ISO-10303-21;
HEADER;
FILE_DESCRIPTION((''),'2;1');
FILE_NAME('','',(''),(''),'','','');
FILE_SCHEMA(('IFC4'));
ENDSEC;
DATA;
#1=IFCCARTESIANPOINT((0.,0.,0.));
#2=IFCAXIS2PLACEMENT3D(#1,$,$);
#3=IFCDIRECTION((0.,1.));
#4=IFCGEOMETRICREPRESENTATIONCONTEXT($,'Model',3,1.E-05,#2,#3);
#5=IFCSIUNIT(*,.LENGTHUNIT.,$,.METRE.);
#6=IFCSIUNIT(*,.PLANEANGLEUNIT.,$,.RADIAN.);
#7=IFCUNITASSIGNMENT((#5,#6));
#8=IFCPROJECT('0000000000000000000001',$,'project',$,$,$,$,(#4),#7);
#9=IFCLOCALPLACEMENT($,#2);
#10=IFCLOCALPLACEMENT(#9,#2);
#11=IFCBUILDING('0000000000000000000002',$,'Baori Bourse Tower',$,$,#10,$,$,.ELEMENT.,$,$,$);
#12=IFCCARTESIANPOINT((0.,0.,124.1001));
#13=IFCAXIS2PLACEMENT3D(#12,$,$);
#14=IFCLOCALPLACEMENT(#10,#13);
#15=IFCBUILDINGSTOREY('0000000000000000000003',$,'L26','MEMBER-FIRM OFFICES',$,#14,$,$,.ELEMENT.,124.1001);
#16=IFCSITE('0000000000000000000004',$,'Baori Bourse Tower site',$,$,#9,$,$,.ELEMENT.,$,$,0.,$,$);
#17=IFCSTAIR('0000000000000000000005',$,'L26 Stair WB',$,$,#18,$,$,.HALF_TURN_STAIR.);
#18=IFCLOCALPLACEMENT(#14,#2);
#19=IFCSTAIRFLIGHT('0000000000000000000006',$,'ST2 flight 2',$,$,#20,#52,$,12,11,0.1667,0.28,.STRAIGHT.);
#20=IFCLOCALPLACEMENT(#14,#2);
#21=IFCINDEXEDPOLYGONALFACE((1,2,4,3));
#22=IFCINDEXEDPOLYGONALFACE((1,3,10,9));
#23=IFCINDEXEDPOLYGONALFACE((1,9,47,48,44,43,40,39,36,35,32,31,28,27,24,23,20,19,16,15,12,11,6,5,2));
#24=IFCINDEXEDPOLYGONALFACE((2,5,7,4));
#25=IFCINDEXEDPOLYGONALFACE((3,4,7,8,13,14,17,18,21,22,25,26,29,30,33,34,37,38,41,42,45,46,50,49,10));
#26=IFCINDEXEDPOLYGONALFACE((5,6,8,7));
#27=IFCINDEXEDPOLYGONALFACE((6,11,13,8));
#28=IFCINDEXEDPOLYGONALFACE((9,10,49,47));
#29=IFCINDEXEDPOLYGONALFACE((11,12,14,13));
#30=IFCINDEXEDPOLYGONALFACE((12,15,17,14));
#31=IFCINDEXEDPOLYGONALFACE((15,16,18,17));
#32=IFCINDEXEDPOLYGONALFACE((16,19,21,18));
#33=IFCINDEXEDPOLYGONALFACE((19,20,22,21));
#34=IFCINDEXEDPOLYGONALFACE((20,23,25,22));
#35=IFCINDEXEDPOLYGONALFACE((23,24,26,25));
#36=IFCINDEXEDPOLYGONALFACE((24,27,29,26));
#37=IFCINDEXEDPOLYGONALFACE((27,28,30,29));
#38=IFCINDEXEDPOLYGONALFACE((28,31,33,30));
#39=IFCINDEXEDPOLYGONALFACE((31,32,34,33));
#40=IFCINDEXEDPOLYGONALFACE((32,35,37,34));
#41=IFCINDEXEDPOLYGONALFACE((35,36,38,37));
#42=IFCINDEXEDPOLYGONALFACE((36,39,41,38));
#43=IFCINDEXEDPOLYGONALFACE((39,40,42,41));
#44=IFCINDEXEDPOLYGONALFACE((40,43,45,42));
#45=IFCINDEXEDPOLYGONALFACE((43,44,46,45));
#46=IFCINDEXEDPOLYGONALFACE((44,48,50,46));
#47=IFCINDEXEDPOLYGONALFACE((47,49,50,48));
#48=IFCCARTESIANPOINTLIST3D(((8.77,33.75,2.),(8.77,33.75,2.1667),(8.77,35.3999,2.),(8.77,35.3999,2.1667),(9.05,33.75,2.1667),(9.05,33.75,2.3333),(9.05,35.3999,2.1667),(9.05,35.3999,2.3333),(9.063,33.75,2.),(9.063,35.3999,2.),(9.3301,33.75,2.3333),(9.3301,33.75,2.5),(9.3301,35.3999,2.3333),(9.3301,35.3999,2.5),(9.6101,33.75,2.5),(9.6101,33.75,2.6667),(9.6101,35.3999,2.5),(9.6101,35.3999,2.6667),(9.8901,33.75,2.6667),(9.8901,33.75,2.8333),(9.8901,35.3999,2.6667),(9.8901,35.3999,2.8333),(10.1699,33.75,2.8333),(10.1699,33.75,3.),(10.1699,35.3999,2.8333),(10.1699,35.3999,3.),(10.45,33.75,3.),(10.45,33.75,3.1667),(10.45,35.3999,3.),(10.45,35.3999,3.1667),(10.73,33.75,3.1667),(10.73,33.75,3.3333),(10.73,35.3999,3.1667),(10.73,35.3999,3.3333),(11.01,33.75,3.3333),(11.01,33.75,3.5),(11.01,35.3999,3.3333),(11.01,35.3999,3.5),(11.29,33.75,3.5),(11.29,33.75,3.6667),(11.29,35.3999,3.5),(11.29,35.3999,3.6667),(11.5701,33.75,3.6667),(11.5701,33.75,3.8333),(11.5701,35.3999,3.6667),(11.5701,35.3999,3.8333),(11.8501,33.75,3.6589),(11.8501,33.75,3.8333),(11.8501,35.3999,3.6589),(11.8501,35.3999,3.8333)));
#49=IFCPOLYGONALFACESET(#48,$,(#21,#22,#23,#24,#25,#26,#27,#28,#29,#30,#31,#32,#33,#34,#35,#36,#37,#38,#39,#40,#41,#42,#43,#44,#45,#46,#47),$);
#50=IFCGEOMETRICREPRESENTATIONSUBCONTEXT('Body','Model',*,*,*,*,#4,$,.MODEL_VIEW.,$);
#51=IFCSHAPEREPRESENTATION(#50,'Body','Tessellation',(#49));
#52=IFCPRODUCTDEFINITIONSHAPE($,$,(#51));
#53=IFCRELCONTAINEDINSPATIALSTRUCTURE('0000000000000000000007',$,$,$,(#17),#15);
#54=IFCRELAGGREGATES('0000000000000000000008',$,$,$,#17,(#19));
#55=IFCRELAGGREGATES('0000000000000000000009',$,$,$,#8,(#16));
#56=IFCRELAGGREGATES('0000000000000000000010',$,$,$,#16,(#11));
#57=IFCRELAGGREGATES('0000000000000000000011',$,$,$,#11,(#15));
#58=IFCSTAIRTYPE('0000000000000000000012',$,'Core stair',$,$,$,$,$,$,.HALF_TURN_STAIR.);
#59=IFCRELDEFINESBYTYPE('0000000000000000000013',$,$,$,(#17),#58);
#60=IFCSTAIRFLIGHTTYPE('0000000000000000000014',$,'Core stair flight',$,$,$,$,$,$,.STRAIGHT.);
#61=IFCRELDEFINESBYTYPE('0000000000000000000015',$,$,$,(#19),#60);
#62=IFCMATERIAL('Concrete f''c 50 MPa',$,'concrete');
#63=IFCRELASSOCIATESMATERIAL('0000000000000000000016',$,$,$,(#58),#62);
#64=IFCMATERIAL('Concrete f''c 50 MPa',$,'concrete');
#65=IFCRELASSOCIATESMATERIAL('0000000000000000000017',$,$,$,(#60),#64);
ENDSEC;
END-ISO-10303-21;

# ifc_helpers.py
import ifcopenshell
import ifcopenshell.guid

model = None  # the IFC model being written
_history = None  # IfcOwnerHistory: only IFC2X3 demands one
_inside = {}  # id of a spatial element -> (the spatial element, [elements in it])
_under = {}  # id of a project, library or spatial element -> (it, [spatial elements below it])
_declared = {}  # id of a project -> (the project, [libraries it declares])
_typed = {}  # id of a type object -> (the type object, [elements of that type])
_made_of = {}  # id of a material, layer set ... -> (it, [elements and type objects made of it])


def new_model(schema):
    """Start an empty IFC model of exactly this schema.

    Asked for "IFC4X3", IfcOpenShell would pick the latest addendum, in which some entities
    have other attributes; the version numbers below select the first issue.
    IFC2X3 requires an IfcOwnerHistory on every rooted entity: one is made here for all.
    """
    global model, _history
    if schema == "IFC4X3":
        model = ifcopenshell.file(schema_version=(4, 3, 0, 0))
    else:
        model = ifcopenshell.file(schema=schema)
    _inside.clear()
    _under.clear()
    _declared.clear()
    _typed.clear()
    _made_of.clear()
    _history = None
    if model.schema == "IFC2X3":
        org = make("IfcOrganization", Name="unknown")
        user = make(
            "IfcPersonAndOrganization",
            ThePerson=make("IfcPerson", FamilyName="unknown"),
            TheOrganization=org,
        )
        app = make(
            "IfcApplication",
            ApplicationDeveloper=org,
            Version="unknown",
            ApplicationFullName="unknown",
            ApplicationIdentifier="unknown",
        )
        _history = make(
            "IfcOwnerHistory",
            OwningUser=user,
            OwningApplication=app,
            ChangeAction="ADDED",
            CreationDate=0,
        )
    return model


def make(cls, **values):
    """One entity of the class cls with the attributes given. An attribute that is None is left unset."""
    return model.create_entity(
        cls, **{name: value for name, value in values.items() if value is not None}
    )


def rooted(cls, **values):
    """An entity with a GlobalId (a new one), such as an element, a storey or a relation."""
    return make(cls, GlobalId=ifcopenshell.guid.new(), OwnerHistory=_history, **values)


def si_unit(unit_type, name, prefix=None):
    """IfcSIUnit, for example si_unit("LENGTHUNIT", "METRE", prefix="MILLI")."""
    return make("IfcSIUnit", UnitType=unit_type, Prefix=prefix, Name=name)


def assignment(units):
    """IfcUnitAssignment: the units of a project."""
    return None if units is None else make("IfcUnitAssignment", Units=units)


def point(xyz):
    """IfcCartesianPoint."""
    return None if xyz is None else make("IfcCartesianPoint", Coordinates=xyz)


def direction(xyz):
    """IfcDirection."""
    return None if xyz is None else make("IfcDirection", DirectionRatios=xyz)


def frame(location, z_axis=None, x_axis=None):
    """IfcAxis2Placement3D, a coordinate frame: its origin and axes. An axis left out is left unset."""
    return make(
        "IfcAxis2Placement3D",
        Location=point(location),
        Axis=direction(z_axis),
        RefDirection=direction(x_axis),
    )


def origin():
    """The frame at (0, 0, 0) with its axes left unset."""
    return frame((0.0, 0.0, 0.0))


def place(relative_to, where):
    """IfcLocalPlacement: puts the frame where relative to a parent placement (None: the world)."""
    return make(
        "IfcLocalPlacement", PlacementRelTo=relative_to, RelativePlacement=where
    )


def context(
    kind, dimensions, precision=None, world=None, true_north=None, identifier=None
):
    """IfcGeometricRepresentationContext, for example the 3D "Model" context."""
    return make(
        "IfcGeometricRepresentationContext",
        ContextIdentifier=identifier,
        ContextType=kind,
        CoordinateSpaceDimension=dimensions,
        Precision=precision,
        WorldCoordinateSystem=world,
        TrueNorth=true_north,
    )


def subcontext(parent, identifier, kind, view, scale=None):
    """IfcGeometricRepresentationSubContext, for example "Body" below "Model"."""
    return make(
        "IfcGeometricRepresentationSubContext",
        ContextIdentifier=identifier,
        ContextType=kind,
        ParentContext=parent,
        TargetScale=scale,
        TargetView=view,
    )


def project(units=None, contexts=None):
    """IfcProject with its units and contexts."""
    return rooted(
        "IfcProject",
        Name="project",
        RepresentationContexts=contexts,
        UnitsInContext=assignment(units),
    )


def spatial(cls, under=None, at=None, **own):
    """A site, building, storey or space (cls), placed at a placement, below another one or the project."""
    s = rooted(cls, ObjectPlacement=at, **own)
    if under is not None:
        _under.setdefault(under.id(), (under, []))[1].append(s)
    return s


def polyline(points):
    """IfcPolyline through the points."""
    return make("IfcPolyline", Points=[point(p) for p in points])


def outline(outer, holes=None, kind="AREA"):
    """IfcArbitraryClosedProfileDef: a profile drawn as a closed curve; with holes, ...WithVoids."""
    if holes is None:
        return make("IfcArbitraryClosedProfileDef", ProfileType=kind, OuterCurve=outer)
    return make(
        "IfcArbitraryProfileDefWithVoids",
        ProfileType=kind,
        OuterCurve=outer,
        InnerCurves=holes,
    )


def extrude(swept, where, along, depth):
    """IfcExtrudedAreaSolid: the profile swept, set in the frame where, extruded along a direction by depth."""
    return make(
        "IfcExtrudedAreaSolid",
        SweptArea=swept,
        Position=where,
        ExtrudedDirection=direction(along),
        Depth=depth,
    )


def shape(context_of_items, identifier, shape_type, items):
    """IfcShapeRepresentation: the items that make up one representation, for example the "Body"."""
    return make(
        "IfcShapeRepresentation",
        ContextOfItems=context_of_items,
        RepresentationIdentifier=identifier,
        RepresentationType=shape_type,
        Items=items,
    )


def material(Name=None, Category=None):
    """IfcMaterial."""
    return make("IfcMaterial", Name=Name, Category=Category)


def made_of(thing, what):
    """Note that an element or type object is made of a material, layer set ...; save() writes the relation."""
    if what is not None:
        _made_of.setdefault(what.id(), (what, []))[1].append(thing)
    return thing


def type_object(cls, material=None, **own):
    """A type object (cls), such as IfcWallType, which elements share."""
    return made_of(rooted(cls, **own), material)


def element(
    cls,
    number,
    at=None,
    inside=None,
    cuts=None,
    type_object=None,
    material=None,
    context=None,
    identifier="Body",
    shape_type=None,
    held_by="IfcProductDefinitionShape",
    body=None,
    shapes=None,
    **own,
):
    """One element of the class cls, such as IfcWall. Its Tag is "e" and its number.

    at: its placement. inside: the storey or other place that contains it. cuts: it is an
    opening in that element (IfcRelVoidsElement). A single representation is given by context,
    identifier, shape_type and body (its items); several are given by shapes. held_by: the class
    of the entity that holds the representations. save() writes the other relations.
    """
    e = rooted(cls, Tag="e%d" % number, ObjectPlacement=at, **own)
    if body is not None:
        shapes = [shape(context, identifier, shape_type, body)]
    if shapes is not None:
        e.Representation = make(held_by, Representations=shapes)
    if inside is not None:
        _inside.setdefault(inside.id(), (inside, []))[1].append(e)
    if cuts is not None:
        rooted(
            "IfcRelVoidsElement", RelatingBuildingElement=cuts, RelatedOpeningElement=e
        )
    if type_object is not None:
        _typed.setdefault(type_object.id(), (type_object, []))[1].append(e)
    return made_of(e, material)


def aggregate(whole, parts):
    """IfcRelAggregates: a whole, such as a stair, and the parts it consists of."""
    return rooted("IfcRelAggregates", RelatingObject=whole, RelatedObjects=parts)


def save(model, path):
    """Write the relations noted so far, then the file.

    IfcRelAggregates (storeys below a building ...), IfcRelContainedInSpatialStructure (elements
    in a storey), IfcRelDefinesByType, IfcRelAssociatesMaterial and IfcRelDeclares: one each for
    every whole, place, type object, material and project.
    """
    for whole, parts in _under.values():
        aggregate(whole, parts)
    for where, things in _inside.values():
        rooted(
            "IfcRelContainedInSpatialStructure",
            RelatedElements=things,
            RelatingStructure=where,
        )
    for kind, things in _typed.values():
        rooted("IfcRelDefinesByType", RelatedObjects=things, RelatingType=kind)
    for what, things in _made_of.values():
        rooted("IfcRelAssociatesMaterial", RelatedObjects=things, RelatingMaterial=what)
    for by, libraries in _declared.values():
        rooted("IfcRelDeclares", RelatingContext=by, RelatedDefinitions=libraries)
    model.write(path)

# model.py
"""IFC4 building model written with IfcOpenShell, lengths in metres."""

from ifc_helpers import new_model, si_unit, direction, frame, origin, place, context, subcontext, project, spatial, polyline, outline, extrude, material, type_object, element, aggregate, save


model = new_model("IFC4")

# Units and contexts
model_context = context("Model", 3, precision=1e-05, world=origin(), true_north=direction((0.0, 1.0)))
body_context = subcontext(model_context, "Body", "Model", "MODEL_VIEW")
ifc_project = project(units=[si_unit("LENGTHUNIT", "METRE"), si_unit("PLANEANGLEUNIT", "RADIAN")], contexts=[model_context])

# Site, building, storey
site_placement = place(None, origin())
site = spatial("IfcSite", under=ifc_project, at=site_placement, Name="Baori Bourse Tower site", CompositionType="ELEMENT", RefElevation=0.0)
building_placement = place(site_placement, origin())
building = spatial("IfcBuilding", under=site, at=building_placement, Name="Baori Bourse Tower", CompositionType="ELEMENT")
storey_placement = place(building_placement, frame((0.0, 0.0, 124.1001)))
storey = spatial("IfcBuildingStorey", under=building, at=storey_placement, Name="L26", Description="MEMBER-FIRM OFFICES", CompositionType="ELEMENT", Elevation=124.1001)

# Stair, stair flight
ifc_material_1 = material(Name="Concrete f'c 50 MPa", Category="concrete")
stair_type = type_object("IfcStairType", Name="Core stair", PredefinedType="HALF_TURN_STAIR", material=ifc_material_1)
stair_placement = place(storey_placement, origin())
stair = element("IfcStair", 1, at=stair_placement, inside=storey, type_object=stair_type, Name="L26 Stair WB", PredefinedType="HALF_TURN_STAIR")
ifc_material_2 = material(Name="Concrete f'c 50 MPa", Category="concrete")
stair_flight_type = type_object("IfcStairFlightType", Name="Core stair flight", PredefinedType="STRAIGHT", material=ifc_material_2)
stair_flight_1_placement = place(storey_placement, frame((8.77, 34.575, 2.0), z_axis=(0.0, 0.0, 1.0), x_axis=(1.0, 0.0, 0.0)))
stair_flight_1 = element("IfcStairFlight", 2, at=stair_flight_1_placement, type_object=stair_flight_type, Name="ST2 flight 2", NumberOfRisers=12, NumberOfTreads=11, PredefinedType="STRAIGHT", RiserHeight=0.1667, TreadLength=0.28, context=body_context, shape_type="SweptSolid", body=[
    extrude(outline(polyline([(0.0, 0.0), (0.0, 0.1667), (0.28, 0.1667), (0.28, 0.3333), (0.5601, 0.3333), (0.5601, 0.5), (0.8401, 0.5), (0.8401, 0.6667), (1.1201, 0.6667), (1.1201, 0.8333), (1.3999, 0.8333), (1.3999, 1.0), (1.6799, 1.0), (1.6799, 1.1667), (1.96, 1.1667), (1.96, 1.3333), (2.24, 1.3333), (2.24, 1.5), (2.52, 1.5), (2.52, 1.6667), (2.8, 1.6667), (2.8, 1.8333), (3.0801, 1.8333), (3.0801, 2.0), (3.0801, 1.6589), (0.293, 0.0), (0.0, 0.0)])), frame((0.0, 0.825, 0.0), z_axis=(0.0, -1.0, 0.0), x_axis=(1.0, 0.0, 0.0)), (0.0, 0.0, 1.0), 1.6499),
])
aggregate(stair, [stair_flight_1])

save(model, "model.ifc")
